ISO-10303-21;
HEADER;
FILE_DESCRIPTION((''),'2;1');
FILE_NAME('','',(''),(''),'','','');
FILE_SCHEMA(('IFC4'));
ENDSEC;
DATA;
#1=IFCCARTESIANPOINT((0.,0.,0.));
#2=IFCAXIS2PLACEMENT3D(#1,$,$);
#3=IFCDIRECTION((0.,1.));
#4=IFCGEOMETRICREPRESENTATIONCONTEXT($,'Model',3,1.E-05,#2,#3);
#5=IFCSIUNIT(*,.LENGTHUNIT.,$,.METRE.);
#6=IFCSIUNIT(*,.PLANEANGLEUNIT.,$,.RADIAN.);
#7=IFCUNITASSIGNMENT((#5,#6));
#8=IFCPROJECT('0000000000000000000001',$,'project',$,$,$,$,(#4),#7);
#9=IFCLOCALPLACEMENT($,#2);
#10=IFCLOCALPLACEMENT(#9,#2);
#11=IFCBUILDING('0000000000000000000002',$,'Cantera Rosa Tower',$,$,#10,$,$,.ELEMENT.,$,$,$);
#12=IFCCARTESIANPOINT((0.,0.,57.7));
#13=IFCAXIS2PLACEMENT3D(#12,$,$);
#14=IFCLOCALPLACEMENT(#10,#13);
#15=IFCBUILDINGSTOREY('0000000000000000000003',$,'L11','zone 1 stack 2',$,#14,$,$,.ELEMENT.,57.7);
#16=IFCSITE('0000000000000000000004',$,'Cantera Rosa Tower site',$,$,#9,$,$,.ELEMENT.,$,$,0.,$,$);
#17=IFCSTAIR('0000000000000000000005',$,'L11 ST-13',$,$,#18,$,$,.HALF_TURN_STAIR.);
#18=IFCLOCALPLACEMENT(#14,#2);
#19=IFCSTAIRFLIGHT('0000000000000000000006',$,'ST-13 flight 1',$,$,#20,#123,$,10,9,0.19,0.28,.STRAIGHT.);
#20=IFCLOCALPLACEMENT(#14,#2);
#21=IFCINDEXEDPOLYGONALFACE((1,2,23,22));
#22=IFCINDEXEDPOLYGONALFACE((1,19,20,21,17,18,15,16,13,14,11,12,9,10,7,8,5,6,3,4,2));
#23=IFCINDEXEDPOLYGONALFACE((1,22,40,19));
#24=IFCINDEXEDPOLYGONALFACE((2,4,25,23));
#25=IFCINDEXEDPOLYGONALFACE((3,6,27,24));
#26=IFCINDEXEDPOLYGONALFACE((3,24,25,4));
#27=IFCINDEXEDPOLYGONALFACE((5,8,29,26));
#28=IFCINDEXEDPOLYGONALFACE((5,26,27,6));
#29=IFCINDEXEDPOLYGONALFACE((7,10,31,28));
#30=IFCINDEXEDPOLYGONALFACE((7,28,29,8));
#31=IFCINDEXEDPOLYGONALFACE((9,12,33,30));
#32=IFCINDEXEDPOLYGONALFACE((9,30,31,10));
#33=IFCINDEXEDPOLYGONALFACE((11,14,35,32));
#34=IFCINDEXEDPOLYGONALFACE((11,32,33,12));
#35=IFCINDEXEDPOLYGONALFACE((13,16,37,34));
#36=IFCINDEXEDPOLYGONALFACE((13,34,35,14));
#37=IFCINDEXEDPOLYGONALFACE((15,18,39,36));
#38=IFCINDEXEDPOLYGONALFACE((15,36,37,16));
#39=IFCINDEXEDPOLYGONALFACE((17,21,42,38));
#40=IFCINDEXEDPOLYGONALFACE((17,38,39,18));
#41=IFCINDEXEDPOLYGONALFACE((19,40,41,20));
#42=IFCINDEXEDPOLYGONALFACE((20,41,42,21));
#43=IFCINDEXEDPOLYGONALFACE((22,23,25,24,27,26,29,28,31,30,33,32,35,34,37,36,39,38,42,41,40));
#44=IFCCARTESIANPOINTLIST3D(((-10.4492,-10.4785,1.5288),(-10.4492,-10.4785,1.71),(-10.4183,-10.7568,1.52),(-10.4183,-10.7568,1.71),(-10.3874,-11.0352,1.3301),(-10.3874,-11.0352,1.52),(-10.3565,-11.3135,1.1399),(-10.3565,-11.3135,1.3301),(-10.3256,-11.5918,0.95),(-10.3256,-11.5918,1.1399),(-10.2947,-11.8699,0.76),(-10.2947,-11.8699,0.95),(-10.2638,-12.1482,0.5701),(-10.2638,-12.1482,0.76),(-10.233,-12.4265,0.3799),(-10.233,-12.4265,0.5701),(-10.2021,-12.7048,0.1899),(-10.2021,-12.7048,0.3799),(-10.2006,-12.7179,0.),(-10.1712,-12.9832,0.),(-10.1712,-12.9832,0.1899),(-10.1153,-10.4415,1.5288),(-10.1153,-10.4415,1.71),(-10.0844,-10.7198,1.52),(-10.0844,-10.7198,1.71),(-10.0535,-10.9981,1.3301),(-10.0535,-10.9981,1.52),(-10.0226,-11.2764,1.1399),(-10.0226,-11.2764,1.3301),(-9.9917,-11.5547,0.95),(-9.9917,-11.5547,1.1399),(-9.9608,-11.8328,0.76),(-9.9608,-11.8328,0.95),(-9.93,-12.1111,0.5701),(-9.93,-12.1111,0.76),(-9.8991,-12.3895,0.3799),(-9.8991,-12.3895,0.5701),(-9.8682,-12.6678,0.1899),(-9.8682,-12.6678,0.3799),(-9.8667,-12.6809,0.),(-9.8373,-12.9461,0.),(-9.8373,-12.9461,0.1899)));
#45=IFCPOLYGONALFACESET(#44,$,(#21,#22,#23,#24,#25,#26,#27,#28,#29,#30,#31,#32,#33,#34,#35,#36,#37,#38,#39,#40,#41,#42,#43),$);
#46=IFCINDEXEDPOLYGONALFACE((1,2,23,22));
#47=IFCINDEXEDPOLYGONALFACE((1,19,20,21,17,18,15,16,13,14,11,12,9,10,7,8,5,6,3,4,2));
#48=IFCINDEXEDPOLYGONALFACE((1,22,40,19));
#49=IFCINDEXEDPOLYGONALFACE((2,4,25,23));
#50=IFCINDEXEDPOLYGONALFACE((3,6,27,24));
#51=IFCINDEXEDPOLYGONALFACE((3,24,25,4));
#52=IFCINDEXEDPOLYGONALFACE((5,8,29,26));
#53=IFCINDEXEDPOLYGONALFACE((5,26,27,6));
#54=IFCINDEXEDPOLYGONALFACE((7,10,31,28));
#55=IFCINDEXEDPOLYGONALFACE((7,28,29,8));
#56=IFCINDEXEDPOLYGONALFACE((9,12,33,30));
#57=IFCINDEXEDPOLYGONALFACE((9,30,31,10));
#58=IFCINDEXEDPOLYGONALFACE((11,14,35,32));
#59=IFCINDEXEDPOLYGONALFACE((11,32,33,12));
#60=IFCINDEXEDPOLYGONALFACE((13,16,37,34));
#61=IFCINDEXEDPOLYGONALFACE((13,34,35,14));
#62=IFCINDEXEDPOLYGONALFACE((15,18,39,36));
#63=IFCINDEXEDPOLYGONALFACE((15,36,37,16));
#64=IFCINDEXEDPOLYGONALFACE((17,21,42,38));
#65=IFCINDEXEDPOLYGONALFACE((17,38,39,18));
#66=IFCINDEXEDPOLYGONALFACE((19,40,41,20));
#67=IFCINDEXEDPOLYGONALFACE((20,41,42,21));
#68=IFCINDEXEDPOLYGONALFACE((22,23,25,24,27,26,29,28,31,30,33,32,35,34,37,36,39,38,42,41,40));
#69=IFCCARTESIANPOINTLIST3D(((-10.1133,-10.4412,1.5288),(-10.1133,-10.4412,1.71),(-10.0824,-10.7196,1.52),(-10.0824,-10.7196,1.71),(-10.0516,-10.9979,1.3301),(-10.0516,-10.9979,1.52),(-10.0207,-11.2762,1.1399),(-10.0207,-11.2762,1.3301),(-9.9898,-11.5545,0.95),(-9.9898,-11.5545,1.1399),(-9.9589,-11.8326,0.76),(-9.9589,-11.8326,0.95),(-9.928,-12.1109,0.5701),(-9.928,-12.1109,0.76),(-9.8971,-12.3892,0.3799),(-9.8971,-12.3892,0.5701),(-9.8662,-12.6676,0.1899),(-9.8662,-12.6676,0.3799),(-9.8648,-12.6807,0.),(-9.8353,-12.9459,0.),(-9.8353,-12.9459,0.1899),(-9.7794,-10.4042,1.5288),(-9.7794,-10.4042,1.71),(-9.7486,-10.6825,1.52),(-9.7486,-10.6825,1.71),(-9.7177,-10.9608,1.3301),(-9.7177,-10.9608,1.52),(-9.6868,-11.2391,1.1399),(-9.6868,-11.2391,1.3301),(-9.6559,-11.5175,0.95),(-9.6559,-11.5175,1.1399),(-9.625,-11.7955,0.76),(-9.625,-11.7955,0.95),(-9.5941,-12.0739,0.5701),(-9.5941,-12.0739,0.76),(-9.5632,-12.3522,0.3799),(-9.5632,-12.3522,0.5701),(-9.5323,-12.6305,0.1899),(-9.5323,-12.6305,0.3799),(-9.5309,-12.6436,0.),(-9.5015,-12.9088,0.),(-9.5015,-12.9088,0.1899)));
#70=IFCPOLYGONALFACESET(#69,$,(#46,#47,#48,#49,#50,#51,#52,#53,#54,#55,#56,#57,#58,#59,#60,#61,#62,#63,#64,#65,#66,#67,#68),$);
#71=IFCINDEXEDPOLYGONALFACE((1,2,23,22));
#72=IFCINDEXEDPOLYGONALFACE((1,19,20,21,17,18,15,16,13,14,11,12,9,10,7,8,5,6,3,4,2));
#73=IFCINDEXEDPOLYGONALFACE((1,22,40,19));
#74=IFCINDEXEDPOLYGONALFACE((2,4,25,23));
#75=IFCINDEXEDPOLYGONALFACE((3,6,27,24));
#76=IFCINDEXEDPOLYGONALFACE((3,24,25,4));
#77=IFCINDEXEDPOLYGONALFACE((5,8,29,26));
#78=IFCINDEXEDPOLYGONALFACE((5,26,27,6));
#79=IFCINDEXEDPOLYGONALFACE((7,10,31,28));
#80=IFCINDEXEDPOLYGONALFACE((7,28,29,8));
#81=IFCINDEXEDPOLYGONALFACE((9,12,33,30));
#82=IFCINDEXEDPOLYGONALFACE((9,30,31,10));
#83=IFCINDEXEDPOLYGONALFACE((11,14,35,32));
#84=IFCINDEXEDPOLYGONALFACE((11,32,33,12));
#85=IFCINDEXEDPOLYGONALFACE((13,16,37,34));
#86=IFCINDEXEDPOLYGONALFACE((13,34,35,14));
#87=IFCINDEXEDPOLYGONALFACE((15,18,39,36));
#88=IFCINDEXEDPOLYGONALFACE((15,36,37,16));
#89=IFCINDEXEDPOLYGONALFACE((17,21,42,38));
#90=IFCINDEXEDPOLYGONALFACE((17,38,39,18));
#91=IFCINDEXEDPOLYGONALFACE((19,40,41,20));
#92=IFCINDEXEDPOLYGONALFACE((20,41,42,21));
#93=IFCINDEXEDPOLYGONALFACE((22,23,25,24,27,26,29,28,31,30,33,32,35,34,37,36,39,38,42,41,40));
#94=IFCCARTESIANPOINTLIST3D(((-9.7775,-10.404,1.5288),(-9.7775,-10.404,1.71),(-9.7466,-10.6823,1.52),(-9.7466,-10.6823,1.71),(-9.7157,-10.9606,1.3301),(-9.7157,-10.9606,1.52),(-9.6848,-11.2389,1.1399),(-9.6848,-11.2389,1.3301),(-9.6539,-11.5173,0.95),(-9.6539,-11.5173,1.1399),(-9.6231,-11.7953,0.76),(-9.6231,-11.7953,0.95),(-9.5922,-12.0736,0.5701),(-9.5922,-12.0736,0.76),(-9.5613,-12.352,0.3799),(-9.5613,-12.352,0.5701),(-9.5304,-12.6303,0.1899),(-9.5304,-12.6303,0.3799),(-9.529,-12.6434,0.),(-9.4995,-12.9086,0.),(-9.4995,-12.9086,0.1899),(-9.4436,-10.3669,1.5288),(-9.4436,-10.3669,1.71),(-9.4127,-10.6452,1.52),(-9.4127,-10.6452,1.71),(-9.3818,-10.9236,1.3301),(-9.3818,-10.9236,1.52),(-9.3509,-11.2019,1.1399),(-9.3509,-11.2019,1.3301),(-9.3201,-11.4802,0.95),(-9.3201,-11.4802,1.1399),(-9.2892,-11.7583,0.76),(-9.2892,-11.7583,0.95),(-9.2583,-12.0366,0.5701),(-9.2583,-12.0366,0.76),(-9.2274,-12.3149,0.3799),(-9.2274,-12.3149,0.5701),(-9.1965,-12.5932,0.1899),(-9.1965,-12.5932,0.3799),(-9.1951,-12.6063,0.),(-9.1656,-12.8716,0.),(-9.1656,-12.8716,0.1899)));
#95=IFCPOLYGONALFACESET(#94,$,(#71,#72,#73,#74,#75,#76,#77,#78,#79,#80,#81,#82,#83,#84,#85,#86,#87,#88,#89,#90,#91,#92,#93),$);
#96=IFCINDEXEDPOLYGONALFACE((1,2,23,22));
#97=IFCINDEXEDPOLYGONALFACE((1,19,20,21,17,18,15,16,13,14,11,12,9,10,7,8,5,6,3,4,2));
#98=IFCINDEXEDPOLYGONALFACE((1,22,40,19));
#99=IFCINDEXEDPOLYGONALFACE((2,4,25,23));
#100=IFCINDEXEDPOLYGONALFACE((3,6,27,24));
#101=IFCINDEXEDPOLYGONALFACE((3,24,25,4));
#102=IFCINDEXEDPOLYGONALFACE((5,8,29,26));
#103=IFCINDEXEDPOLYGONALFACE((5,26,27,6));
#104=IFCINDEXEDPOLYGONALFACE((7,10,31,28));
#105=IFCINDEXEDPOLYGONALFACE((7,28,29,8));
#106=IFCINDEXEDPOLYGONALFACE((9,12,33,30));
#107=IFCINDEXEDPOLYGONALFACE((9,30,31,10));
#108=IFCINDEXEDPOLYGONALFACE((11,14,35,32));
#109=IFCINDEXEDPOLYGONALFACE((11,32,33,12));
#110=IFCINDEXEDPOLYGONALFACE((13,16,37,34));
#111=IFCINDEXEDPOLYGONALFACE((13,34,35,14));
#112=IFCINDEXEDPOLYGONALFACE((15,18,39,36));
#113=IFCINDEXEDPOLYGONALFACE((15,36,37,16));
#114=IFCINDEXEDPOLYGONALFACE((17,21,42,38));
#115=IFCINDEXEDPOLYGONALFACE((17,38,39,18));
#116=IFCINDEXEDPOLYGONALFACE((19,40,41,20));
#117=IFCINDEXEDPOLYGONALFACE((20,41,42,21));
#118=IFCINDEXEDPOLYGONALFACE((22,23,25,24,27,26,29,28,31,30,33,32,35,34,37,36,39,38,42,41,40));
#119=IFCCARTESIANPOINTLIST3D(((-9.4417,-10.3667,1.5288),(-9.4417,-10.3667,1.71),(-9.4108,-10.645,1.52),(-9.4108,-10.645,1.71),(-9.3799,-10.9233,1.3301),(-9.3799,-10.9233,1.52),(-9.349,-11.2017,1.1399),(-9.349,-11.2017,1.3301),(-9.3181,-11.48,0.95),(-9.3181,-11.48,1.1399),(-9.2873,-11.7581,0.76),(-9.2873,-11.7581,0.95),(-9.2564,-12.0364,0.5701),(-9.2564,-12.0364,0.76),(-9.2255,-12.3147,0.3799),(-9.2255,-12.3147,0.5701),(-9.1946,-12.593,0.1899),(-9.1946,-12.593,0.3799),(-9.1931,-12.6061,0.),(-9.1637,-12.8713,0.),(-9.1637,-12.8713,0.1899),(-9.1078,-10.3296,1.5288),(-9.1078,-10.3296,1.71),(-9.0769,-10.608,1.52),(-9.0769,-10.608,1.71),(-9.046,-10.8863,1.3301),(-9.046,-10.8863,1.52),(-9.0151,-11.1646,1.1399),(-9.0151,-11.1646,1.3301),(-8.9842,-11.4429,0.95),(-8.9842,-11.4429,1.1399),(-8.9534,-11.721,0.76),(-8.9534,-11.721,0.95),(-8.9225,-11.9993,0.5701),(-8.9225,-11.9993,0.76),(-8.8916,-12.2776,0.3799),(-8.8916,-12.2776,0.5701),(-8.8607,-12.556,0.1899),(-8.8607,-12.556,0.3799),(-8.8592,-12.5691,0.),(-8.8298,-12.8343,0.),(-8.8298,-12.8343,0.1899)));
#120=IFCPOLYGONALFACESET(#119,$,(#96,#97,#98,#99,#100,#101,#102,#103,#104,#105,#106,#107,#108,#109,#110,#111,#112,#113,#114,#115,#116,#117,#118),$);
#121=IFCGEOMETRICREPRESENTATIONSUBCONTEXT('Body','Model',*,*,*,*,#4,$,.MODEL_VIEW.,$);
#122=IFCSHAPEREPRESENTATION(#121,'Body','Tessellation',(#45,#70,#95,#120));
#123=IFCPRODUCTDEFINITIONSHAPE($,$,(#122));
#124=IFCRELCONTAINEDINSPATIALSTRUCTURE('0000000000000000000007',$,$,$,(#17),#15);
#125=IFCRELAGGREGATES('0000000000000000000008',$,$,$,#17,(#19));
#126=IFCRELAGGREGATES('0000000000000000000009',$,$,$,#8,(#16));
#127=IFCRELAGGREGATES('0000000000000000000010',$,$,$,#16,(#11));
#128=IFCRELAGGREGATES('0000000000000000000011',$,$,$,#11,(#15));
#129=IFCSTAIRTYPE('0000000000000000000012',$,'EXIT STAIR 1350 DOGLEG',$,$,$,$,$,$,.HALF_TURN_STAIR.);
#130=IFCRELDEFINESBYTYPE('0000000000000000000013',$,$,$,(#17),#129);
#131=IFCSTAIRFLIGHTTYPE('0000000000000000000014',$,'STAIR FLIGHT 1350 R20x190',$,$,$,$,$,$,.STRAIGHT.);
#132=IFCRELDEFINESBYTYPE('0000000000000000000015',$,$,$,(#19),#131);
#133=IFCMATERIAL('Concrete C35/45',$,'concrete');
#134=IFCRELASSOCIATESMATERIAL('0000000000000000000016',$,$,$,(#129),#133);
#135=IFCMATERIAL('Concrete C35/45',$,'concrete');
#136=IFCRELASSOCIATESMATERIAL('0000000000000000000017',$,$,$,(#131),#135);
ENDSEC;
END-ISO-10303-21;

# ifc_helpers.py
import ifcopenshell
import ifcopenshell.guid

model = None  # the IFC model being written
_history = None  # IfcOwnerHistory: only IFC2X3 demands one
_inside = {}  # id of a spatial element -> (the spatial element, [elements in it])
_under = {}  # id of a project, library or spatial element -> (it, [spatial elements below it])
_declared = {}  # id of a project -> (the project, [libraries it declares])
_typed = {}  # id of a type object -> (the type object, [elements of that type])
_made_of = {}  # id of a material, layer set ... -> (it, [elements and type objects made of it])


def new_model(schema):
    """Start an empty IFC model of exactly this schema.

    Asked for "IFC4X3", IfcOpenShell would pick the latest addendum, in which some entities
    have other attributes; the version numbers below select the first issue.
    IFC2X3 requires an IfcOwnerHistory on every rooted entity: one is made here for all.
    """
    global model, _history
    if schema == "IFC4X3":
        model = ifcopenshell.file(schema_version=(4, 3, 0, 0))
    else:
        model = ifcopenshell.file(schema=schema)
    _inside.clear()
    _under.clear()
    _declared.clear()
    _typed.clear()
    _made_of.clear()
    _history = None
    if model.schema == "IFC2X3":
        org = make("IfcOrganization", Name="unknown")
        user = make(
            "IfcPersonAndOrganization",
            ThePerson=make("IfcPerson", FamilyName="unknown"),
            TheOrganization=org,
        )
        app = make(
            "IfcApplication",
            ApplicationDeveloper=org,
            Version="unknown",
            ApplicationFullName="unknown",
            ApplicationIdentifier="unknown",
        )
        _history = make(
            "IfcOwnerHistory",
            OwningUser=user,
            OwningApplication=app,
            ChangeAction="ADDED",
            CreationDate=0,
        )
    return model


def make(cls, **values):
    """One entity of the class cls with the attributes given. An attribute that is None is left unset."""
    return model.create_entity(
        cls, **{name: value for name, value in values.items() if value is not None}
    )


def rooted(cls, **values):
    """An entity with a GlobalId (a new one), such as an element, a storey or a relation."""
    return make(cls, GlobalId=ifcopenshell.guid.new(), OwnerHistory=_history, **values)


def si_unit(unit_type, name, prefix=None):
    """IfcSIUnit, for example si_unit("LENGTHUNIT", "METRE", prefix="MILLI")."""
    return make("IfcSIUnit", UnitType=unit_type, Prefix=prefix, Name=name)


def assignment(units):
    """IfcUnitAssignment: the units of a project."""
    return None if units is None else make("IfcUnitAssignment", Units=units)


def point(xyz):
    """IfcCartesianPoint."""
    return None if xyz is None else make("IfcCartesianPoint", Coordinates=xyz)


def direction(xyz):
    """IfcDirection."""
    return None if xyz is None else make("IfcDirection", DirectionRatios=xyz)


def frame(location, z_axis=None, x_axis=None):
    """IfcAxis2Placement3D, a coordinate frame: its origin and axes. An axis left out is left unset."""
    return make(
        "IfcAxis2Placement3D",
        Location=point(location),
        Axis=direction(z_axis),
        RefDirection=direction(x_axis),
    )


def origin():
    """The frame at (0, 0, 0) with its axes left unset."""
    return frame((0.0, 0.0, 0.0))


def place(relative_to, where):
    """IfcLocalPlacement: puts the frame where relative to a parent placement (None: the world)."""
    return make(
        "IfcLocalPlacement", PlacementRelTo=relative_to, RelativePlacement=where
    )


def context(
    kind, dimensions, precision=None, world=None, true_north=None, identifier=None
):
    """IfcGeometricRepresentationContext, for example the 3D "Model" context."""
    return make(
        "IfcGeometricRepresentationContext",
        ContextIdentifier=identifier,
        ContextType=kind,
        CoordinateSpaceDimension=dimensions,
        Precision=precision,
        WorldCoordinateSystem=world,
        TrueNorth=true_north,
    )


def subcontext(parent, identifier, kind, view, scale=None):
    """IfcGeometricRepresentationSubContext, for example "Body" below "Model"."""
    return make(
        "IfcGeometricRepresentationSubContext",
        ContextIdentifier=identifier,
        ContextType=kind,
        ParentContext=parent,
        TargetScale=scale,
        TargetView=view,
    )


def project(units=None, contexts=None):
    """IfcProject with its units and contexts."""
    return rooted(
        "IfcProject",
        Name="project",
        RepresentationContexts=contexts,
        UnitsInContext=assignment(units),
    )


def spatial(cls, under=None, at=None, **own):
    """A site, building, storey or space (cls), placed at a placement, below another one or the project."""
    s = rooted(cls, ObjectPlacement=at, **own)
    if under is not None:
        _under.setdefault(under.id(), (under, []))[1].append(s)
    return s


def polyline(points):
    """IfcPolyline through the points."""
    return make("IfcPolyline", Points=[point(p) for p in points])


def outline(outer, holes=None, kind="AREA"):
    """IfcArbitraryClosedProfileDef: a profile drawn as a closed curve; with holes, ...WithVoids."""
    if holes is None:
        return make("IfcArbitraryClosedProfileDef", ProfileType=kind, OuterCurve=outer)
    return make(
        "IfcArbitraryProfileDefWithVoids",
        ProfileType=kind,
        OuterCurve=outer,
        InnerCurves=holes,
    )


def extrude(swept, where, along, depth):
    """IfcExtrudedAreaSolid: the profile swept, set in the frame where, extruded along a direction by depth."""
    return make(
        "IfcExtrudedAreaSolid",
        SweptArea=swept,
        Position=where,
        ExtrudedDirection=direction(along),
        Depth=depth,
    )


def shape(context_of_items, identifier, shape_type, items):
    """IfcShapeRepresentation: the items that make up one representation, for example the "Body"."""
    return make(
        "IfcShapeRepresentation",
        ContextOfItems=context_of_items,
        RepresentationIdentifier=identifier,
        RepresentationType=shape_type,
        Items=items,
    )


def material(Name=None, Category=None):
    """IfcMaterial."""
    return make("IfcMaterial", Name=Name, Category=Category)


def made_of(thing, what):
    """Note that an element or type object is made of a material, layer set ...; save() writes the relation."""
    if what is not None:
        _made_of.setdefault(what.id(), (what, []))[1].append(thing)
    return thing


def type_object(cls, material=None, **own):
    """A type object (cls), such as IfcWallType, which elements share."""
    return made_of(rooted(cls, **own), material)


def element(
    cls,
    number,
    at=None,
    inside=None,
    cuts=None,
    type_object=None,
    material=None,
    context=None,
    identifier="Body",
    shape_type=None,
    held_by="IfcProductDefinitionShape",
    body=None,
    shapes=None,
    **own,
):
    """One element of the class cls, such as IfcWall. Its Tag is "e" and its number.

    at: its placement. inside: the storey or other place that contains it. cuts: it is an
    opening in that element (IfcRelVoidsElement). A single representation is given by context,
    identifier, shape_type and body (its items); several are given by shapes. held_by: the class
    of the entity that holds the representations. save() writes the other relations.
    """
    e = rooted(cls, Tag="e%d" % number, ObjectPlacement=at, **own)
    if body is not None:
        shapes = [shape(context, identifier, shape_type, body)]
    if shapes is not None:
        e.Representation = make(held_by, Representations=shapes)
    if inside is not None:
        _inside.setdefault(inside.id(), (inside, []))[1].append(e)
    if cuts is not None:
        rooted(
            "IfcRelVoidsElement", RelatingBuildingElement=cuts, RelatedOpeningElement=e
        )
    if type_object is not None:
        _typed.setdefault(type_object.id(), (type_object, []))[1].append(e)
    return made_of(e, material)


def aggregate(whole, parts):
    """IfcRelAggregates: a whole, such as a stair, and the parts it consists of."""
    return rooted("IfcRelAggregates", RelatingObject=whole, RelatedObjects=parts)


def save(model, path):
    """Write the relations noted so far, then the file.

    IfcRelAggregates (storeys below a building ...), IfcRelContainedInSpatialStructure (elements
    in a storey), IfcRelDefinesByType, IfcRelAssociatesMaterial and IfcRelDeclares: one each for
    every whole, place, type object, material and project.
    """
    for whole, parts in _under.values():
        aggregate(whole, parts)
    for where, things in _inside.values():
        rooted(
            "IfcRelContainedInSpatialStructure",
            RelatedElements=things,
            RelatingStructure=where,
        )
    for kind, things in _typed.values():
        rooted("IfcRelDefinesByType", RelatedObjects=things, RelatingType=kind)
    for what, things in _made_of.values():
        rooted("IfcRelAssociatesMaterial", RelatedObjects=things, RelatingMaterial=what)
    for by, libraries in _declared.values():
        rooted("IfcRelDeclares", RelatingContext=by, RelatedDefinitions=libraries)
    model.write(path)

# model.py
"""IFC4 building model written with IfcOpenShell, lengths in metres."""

from ifc_helpers import new_model, si_unit, direction, frame, origin, place, context, subcontext, project, spatial, polyline, outline, extrude, material, type_object, element, aggregate, save


model = new_model("IFC4")

# Units and contexts
model_context = context("Model", 3, precision=1e-05, world=origin(), true_north=direction((0.0, 1.0)))
body_context = subcontext(model_context, "Body", "Model", "MODEL_VIEW")
ifc_project = project(units=[si_unit("LENGTHUNIT", "METRE"), si_unit("PLANEANGLEUNIT", "RADIAN")], contexts=[model_context])

# Site, building, storey
site_placement = place(None, origin())
site = spatial("IfcSite", under=ifc_project, at=site_placement, Name="Cantera Rosa Tower site", CompositionType="ELEMENT", RefElevation=0.0)
building_placement = place(site_placement, origin())
building = spatial("IfcBuilding", under=site, at=building_placement, Name="Cantera Rosa Tower", CompositionType="ELEMENT")
storey_placement = place(building_placement, frame((0.0, 0.0, 57.7)))
storey = spatial("IfcBuildingStorey", under=building, at=storey_placement, Name="L11", Description="zone 1 stack 2", CompositionType="ELEMENT", Elevation=57.7)

# Stair, stair flight
ifc_material_1 = material(Name="Concrete C35/45", Category="concrete")
stair_type = type_object("IfcStairType", Name="EXIT STAIR 1350 DOGLEG", PredefinedType="HALF_TURN_STAIR", material=ifc_material_1)
stair_placement = place(storey_placement, origin())
stair = element("IfcStair", 1, at=stair_placement, inside=storey, type_object=stair_type, Name="L11 ST-13", PredefinedType="HALF_TURN_STAIR")
ifc_material_2 = material(Name="Concrete C35/45", Category="concrete")
stair_flight_type = type_object("IfcStairFlightType", Name="STAIR FLIGHT 1350 R20x190", PredefinedType="STRAIGHT", material=ifc_material_2)
stair_flight_1_placement = place(storey_placement, frame((-9.5002, -12.9087, 0.0), z_axis=(0.0, 0.0, 1.0), x_axis=(-0.110313, 0.993897, 0.0)))
stair_flight_1 = element("IfcStairFlight", 2, at=stair_flight_1_placement, type_object=stair_flight_type, Name="ST-13 flight 1", NumberOfRisers=10, NumberOfTreads=9, PredefinedType="STRAIGHT", RiserHeight=0.19, TreadLength=0.28, context=body_context, shape_type="SweptSolid", body=[
    extrude(outline(polyline([(0.0, 0.0), (0.0, 0.1899), (0.28, 0.1899), (0.28, 0.3799), (0.5601, 0.3799), (0.5601, 0.5701), (0.8401, 0.5701), (0.8401, 0.76), (1.1201, 0.76), (1.1201, 0.95), (1.3999, 0.95), (1.3999, 1.1399), (1.6799, 1.1399), (1.6799, 1.3301), (1.96, 1.3301), (1.96, 1.52), (2.24, 1.52), (2.24, 1.71), (2.52, 1.71), (2.52, 1.8999), (2.52, 1.5288), (0.2668, 0.0), (0.0, 0.0)])), frame((0.0, 0.675, 0.0), z_axis=(0.0, -1.0, 0.0), x_axis=(1.0, 0.0, 0.0)), (0.0, 0.0, 1.0), 0.3359),
    extrude(outline(polyline([(0.0, 0.0), (0.0, 0.1899), (0.28, 0.1899), (0.28, 0.3799), (0.5601, 0.3799), (0.5601, 0.5701), (0.8401, 0.5701), (0.8401, 0.76), (1.1201, 0.76), (1.1201, 0.95), (1.3999, 0.95), (1.3999, 1.1399), (1.6799, 1.1399), (1.6799, 1.3301), (1.96, 1.3301), (1.96, 1.52), (2.24, 1.52), (2.24, 1.71), (2.52, 1.71), (2.52, 1.8999), (2.52, 1.5288), (0.2668, 0.0), (0.0, 0.0)])), frame((0.0, 0.3372, 0.0), z_axis=(0.0, -1.0, 0.0), x_axis=(1.0, 0.0, 0.0)), (0.0, 0.0, 1.0), 0.3359),
    extrude(outline(polyline([(0.0, 0.0), (0.0, 0.1899), (0.28, 0.1899), (0.28, 0.3799), (0.5601, 0.3799), (0.5601, 0.5701), (0.8401, 0.5701), (0.8401, 0.76), (1.1201, 0.76), (1.1201, 0.95), (1.3999, 0.95), (1.3999, 1.1399), (1.6799, 1.1399), (1.6799, 1.3301), (1.96, 1.3301), (1.96, 1.52), (2.24, 1.52), (2.24, 1.71), (2.52, 1.71), (2.52, 1.8999), (2.52, 1.5288), (0.2668, 0.0), (0.0, 0.0)])), frame((0.0, -0.0007, 0.0), z_axis=(0.0, -1.0, 0.0), x_axis=(1.0, 0.0, 0.0)), (0.0, 0.0, 1.0), 0.3359),
    extrude(outline(polyline([(0.0, 0.0), (0.0, 0.1899), (0.28, 0.1899), (0.28, 0.3799), (0.5601, 0.3799), (0.5601, 0.5701), (0.8401, 0.5701), (0.8401, 0.76), (1.1201, 0.76), (1.1201, 0.95), (1.3999, 0.95), (1.3999, 1.1399), (1.6799, 1.1399), (1.6799, 1.3301), (1.96, 1.3301), (1.96, 1.52), (2.24, 1.52), (2.24, 1.71), (2.52, 1.71), (2.52, 1.8999), (2.52, 1.5288), (0.2668, 0.0), (0.0, 0.0)])), frame((0.0, -0.3386, 0.0), z_axis=(0.0, -1.0, 0.0), x_axis=(1.0, 0.0, 0.0)), (0.0, 0.0, 1.0), 0.3359),
])
aggregate(stair, [stair_flight_1])

save(model, "model.ifc")
